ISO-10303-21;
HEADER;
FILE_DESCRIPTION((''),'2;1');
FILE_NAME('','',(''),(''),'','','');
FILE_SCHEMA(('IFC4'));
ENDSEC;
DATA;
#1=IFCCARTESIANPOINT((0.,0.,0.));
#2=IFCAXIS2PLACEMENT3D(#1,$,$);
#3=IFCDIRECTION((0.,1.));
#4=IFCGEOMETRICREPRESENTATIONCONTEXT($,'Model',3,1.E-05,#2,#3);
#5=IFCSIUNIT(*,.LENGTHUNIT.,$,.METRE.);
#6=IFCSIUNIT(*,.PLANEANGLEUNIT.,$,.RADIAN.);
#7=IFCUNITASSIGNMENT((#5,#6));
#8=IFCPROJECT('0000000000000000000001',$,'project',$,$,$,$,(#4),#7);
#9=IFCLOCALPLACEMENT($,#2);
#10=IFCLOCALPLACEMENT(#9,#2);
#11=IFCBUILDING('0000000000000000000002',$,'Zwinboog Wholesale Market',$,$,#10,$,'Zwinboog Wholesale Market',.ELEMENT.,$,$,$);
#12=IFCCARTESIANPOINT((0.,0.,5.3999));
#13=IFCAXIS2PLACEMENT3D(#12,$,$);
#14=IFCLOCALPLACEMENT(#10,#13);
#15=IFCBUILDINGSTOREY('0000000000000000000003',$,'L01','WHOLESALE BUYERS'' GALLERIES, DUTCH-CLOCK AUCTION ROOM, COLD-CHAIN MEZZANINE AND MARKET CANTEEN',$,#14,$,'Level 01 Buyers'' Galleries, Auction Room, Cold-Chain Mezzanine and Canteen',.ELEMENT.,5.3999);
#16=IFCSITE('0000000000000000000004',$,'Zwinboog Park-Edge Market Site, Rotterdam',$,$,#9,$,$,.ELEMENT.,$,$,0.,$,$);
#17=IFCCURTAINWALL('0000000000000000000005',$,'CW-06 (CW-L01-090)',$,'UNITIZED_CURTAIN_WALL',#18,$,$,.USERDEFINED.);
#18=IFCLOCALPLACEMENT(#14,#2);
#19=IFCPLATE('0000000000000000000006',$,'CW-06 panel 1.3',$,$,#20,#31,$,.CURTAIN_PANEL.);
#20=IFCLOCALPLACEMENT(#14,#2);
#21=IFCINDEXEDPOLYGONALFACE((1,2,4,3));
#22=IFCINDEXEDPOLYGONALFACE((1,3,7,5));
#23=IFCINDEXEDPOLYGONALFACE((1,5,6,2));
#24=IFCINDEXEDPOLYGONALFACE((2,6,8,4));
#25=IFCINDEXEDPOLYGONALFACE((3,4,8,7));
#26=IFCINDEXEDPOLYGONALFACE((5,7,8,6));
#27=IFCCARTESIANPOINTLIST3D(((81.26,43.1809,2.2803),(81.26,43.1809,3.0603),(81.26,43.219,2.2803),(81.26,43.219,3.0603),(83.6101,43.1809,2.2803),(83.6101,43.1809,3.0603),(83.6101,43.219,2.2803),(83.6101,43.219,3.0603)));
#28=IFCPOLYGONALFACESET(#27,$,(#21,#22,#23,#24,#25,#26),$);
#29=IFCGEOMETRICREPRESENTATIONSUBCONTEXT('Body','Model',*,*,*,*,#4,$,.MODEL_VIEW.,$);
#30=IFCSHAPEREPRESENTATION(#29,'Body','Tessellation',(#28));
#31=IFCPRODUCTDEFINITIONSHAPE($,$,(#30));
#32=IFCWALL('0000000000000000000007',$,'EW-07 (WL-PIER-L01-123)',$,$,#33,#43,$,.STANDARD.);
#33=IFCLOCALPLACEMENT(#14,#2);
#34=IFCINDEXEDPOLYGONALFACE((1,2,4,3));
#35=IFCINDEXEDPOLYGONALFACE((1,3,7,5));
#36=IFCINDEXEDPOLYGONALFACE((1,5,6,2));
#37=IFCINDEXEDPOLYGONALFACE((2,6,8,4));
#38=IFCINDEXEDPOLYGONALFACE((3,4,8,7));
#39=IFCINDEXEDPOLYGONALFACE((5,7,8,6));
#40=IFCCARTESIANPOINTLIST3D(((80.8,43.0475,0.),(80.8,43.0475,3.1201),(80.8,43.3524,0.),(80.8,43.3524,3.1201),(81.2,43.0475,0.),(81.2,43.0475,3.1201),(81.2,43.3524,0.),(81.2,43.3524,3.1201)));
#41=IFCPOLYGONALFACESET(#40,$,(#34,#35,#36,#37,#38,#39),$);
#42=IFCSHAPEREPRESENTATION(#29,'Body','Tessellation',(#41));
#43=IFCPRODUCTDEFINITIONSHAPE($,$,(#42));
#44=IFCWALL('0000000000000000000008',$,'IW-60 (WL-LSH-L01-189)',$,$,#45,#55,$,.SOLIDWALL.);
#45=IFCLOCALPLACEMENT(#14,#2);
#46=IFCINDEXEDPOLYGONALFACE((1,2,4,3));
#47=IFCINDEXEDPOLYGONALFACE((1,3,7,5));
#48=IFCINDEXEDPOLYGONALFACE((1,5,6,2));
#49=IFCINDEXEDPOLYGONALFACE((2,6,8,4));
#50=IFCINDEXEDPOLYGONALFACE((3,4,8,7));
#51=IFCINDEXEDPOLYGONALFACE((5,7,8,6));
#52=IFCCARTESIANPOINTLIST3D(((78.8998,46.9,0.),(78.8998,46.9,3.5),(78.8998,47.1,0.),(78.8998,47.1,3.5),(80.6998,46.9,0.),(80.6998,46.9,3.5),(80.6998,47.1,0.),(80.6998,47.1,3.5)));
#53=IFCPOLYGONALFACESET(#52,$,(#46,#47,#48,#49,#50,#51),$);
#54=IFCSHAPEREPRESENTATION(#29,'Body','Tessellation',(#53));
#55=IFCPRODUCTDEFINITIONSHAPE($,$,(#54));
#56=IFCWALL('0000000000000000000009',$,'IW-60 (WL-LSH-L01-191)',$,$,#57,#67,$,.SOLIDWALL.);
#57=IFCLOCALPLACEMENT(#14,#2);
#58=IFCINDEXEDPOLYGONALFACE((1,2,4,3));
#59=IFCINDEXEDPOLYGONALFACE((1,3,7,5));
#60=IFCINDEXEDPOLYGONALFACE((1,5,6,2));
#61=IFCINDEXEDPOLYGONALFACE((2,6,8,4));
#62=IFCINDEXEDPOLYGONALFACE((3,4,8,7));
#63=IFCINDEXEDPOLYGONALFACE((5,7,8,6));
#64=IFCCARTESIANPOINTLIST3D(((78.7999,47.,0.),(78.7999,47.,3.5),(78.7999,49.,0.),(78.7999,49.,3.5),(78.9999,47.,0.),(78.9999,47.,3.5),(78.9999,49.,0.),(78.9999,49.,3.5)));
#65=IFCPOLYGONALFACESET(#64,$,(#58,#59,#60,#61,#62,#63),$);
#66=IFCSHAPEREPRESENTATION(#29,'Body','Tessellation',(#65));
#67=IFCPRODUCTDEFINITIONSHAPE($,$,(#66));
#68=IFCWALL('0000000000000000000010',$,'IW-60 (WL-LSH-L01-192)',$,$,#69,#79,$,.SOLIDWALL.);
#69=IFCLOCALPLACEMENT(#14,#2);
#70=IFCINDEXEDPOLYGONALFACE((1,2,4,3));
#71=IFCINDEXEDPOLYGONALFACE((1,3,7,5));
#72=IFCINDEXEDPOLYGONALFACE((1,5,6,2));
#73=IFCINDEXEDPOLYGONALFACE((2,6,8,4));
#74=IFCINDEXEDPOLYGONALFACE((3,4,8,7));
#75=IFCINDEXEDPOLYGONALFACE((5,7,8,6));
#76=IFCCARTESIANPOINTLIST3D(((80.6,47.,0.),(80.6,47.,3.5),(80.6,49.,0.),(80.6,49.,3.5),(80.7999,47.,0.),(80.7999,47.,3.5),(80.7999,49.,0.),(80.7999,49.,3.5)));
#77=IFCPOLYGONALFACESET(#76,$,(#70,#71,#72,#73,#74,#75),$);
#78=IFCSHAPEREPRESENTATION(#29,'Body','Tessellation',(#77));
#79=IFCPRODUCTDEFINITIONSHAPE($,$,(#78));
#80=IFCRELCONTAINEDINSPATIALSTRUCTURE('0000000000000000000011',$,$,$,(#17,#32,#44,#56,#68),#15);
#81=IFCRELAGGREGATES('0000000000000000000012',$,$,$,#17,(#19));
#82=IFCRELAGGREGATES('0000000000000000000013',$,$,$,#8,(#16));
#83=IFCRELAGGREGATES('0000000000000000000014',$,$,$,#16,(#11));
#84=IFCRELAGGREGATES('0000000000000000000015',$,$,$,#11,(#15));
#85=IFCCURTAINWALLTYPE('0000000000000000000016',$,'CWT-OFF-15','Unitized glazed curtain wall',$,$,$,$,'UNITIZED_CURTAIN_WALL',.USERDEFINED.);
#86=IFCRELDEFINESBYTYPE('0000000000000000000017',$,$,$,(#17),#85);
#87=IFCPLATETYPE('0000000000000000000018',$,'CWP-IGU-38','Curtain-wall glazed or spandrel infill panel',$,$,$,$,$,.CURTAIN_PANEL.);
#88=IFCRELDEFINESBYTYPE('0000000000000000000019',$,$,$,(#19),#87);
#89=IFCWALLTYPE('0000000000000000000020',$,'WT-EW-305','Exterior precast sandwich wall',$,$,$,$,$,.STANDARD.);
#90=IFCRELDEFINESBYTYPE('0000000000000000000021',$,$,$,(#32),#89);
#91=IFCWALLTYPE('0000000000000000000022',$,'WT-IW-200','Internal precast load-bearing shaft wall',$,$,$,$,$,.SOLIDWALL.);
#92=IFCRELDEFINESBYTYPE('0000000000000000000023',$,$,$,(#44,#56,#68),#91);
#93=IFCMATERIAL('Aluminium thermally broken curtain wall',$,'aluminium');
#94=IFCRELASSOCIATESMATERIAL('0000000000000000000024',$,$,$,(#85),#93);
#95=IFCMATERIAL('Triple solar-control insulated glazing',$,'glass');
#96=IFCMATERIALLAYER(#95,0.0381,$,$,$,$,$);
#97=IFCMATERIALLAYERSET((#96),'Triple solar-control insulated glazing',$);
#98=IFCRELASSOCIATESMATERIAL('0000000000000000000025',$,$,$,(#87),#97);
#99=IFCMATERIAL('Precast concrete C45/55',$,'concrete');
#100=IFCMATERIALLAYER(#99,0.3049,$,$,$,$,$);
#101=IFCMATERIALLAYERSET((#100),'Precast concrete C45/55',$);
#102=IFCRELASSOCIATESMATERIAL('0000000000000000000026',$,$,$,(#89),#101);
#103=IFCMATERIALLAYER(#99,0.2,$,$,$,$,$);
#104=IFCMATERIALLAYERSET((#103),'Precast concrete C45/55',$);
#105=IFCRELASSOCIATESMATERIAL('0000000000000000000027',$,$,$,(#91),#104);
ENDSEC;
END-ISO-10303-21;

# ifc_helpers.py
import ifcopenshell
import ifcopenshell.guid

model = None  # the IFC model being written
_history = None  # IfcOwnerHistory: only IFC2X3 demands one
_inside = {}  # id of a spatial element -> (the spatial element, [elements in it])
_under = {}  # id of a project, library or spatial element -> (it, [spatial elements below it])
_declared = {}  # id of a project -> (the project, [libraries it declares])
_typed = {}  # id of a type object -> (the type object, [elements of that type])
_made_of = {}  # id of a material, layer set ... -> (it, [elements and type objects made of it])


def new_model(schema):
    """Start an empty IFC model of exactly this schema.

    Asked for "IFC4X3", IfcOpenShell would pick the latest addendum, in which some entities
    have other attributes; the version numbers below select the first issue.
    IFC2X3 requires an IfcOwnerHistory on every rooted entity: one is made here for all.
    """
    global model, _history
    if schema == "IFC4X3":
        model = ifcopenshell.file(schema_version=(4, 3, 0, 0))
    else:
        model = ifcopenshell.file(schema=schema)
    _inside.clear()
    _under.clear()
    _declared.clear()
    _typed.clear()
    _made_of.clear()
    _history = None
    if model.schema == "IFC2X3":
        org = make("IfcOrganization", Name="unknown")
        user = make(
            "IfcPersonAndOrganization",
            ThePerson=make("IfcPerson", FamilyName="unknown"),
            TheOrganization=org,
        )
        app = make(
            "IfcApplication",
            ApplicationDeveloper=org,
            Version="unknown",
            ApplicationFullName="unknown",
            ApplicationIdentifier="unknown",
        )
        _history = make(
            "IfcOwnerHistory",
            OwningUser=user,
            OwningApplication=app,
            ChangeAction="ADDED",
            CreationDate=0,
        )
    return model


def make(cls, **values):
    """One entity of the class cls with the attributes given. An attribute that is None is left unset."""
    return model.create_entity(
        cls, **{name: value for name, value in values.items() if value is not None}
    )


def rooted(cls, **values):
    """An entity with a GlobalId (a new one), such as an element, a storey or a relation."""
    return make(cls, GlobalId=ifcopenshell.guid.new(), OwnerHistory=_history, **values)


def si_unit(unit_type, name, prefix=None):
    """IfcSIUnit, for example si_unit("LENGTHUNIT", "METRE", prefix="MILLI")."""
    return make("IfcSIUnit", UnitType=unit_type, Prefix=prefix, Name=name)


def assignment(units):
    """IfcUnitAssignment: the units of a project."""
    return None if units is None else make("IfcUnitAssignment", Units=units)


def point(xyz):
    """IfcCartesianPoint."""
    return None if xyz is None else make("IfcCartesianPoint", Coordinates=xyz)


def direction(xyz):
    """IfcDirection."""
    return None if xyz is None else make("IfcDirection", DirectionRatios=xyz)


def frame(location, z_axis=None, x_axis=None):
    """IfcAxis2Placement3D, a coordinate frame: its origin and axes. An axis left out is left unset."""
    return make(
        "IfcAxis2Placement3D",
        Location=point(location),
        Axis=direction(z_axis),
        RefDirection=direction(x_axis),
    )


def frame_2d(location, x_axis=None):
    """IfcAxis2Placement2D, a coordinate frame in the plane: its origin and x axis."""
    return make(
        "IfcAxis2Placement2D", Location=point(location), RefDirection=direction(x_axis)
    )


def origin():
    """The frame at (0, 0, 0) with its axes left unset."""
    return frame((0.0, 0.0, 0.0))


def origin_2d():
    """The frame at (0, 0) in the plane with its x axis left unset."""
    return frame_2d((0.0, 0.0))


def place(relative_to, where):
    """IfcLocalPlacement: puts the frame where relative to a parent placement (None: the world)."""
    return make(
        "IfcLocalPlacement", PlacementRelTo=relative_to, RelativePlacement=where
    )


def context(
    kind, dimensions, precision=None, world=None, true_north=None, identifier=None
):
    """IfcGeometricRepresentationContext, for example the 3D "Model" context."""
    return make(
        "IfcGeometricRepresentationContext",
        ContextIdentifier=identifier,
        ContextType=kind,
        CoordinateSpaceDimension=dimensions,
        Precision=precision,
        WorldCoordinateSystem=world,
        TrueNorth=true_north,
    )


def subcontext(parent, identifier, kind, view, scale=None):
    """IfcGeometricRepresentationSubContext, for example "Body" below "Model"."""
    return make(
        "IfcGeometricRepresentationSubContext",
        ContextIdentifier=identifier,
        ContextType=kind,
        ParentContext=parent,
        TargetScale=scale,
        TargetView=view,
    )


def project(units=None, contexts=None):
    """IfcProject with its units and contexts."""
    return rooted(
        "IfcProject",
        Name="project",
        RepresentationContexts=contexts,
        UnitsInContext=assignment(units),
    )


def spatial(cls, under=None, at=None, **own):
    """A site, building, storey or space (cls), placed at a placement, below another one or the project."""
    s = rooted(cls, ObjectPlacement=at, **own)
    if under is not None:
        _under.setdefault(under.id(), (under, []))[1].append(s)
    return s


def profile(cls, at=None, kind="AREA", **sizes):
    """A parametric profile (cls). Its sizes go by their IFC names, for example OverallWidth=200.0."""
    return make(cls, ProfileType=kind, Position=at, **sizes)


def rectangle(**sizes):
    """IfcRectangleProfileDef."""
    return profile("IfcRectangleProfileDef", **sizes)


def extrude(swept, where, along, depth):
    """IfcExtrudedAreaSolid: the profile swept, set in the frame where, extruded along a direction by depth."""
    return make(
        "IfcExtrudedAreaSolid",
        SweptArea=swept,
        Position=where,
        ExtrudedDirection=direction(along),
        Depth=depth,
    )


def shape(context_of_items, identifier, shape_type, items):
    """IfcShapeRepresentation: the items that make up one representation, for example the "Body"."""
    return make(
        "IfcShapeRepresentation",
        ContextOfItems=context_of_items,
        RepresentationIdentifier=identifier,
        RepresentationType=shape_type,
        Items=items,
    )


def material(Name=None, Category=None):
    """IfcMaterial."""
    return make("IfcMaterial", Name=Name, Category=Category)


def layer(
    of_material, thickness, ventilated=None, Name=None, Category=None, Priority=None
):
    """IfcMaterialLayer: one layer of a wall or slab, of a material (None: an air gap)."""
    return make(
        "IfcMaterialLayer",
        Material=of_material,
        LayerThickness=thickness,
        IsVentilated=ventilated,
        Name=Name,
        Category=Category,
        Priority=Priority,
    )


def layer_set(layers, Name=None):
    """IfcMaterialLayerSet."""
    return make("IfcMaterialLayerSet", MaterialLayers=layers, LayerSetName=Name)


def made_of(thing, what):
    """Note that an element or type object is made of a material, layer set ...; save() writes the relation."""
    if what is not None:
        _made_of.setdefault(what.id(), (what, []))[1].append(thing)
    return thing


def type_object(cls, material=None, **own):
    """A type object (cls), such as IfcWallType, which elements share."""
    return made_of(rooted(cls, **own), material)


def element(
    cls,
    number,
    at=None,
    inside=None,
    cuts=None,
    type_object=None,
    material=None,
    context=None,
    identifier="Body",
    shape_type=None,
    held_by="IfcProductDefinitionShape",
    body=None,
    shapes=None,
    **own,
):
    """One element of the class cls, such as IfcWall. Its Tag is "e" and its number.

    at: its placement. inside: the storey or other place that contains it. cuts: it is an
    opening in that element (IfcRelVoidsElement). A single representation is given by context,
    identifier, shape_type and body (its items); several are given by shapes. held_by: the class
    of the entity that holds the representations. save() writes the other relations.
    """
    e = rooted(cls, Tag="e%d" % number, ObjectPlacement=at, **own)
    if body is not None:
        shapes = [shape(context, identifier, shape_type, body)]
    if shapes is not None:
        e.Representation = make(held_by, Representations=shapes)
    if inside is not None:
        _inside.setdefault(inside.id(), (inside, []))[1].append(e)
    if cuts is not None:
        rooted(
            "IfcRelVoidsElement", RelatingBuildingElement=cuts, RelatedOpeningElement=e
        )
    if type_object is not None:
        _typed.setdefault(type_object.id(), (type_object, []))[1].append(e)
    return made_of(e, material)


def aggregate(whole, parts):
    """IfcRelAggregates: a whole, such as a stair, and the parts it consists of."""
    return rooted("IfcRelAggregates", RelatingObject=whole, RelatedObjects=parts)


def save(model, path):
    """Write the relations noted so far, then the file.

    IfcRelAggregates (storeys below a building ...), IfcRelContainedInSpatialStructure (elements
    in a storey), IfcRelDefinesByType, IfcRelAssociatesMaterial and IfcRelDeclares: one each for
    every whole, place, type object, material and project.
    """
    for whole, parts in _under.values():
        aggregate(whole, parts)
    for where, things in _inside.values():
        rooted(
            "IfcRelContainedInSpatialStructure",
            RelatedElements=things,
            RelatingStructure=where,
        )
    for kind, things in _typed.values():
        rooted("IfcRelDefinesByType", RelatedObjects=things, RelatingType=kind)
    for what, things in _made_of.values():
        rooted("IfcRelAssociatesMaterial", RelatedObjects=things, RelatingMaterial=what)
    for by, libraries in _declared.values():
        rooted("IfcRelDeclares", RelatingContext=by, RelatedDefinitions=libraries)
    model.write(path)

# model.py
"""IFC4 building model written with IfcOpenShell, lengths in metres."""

from ifc_helpers import new_model, si_unit, direction, frame, frame_2d, origin, origin_2d, place, context, subcontext, project, spatial, rectangle, extrude, material, layer, layer_set, type_object, element, aggregate, save


model = new_model("IFC4")

# Units and contexts
model_context = context("Model", 3, precision=1e-05, world=origin(), true_north=direction((0.0, 1.0)))
body_context = subcontext(model_context, "Body", "Model", "MODEL_VIEW")
ifc_project = project(units=[si_unit("LENGTHUNIT", "METRE"), si_unit("PLANEANGLEUNIT", "RADIAN")], contexts=[model_context])

# Site, building, storey
site_placement = place(None, origin())
site = spatial("IfcSite", under=ifc_project, at=site_placement, Name="Zwinboog Park-Edge Market Site, Rotterdam", CompositionType="ELEMENT", RefElevation=0.0)
building_placement = place(site_placement, origin())
building = spatial("IfcBuilding", under=site, at=building_placement, Name="Zwinboog Wholesale Market", LongName="Zwinboog Wholesale Market", CompositionType="ELEMENT")
storey_placement = place(building_placement, frame((0.0, 0.0, 5.3999)))
storey = spatial("IfcBuildingStorey", under=building, at=storey_placement, Name="L01", Description="WHOLESALE BUYERS' GALLERIES, DUTCH-CLOCK AUCTION ROOM, COLD-CHAIN MEZZANINE AND MARKET CANTEEN", LongName="Level 01 Buyers' Galleries, Auction Room, Cold-Chain Mezzanine and Canteen", CompositionType="ELEMENT", Elevation=5.3999)

# Shared definitions
ifc_material_1 = material(Name="Aluminium thermally broken curtain wall", Category="aluminium")

# Curtain wall
curtain_wall_type_1 = type_object("IfcCurtainWallType", Name="CWT-OFF-15", Description="Unitized glazed curtain wall", ElementType="UNITIZED_CURTAIN_WALL", PredefinedType="USERDEFINED", material=ifc_material_1)
curtain_wall_1_placement = place(storey_placement, origin())
curtain_wall_1 = element("IfcCurtainWall", 1, at=curtain_wall_1_placement, inside=storey, type_object=curtain_wall_type_1, Name="CW-06 (CW-L01-090)", ObjectType="UNITIZED_CURTAIN_WALL", PredefinedType="USERDEFINED")

# Plate
ifc_material_2 = material(Name="Triple solar-control insulated glazing", Category="glass")
ifc_layer_1 = layer(ifc_material_2, 0.0381)
ifc_layer_set_1 = layer_set([ifc_layer_1], Name="Triple solar-control insulated glazing")
plate_type = type_object("IfcPlateType", Name="CWP-IGU-38", Description="Curtain-wall glazed or spandrel infill panel", PredefinedType="CURTAIN_PANEL", material=ifc_layer_set_1)
plate_1_placement = place(storey_placement, frame((82.4351, 43.2, 2.2803), z_axis=(0.0, 0.0, 1.0), x_axis=(1.0, 0.0, 0.0)))
plate_1 = element("IfcPlate", 2, at=plate_1_placement, type_object=plate_type, Name="CW-06 panel 1.3", PredefinedType="CURTAIN_PANEL", context=body_context, shape_type="SweptSolid", body=[
    extrude(rectangle(XDim=2.3501, YDim=0.0381, at=origin_2d()), origin(), (0.0, 0.0, 1.0), 0.78),
])
aggregate(curtain_wall_1, [plate_1])

# Walls
ifc_material_3 = material(Name="Precast concrete C45/55", Category="concrete")
ifc_layer_2 = layer(ifc_material_3, 0.3049)
ifc_layer_set_2 = layer_set([ifc_layer_2], Name="Precast concrete C45/55")
wall_type_1 = type_object("IfcWallType", Name="WT-EW-305", Description="Exterior precast sandwich wall", PredefinedType="STANDARD", material=ifc_layer_set_2)
wall_1_placement = place(storey_placement, frame((80.8, 43.2, 0.0), z_axis=(0.0, 0.0, 1.0), x_axis=(1.0, 0.0, 0.0)))
element("IfcWall", 3, at=wall_1_placement, inside=storey, type_object=wall_type_1, Name="EW-07 (WL-PIER-L01-123)", PredefinedType="STANDARD", context=body_context, shape_type="SweptSolid", body=[
    extrude(rectangle(XDim=0.3999, YDim=0.3049, at=frame_2d((0.2, 0.0))), origin(), (0.0, 0.0, 1.0), 3.1201),
])
ifc_layer_3 = layer(ifc_material_3, 0.2)
ifc_layer_set_3 = layer_set([ifc_layer_3], Name="Precast concrete C45/55")
wall_type_2 = type_object("IfcWallType", Name="WT-IW-200", Description="Internal precast load-bearing shaft wall", PredefinedType="SOLIDWALL", material=ifc_layer_set_3)
wall_2_placement = place(storey_placement, frame((78.8999, 47.0, 0.0), z_axis=(0.0, 0.0, 1.0), x_axis=(1.0, 0.0, 0.0)))
element("IfcWall", 4, at=wall_2_placement, inside=storey, type_object=wall_type_2, Name="IW-60 (WL-LSH-L01-189)", PredefinedType="SOLIDWALL", context=body_context, shape_type="SweptSolid", body=[
    extrude(rectangle(XDim=1.8, YDim=0.2, at=frame_2d((0.8999, 0.0))), origin(), (0.0, 0.0, 1.0), 3.5),
])

# Walls
for number, where, z_axis, x_axis, name in (
    (5, (78.8999, 47.0, 0.0), (0.0, 0.0, 1.0), (0.0, 1.0, 0.0), "IW-60 (WL-LSH-L01-191)"),
    (6, (80.7, 47.0, 0.0), (0.0, 0.0, 1.0), (0.0, 1.0, 0.0), "IW-60 (WL-LSH-L01-192)"),
):
    element("IfcWall", number, at=place(storey_placement, frame(where, z_axis=z_axis, x_axis=x_axis)), inside=storey, type_object=wall_type_2, Name=name, PredefinedType="SOLIDWALL", context=body_context, shape_type="SweptSolid", body=[
        extrude(rectangle(XDim=2.0, YDim=0.2, at=frame_2d((1.0, 0.0))), origin(), (0.0, 0.0, 1.0), 3.5),
    ])

save(model, "model.ifc")
